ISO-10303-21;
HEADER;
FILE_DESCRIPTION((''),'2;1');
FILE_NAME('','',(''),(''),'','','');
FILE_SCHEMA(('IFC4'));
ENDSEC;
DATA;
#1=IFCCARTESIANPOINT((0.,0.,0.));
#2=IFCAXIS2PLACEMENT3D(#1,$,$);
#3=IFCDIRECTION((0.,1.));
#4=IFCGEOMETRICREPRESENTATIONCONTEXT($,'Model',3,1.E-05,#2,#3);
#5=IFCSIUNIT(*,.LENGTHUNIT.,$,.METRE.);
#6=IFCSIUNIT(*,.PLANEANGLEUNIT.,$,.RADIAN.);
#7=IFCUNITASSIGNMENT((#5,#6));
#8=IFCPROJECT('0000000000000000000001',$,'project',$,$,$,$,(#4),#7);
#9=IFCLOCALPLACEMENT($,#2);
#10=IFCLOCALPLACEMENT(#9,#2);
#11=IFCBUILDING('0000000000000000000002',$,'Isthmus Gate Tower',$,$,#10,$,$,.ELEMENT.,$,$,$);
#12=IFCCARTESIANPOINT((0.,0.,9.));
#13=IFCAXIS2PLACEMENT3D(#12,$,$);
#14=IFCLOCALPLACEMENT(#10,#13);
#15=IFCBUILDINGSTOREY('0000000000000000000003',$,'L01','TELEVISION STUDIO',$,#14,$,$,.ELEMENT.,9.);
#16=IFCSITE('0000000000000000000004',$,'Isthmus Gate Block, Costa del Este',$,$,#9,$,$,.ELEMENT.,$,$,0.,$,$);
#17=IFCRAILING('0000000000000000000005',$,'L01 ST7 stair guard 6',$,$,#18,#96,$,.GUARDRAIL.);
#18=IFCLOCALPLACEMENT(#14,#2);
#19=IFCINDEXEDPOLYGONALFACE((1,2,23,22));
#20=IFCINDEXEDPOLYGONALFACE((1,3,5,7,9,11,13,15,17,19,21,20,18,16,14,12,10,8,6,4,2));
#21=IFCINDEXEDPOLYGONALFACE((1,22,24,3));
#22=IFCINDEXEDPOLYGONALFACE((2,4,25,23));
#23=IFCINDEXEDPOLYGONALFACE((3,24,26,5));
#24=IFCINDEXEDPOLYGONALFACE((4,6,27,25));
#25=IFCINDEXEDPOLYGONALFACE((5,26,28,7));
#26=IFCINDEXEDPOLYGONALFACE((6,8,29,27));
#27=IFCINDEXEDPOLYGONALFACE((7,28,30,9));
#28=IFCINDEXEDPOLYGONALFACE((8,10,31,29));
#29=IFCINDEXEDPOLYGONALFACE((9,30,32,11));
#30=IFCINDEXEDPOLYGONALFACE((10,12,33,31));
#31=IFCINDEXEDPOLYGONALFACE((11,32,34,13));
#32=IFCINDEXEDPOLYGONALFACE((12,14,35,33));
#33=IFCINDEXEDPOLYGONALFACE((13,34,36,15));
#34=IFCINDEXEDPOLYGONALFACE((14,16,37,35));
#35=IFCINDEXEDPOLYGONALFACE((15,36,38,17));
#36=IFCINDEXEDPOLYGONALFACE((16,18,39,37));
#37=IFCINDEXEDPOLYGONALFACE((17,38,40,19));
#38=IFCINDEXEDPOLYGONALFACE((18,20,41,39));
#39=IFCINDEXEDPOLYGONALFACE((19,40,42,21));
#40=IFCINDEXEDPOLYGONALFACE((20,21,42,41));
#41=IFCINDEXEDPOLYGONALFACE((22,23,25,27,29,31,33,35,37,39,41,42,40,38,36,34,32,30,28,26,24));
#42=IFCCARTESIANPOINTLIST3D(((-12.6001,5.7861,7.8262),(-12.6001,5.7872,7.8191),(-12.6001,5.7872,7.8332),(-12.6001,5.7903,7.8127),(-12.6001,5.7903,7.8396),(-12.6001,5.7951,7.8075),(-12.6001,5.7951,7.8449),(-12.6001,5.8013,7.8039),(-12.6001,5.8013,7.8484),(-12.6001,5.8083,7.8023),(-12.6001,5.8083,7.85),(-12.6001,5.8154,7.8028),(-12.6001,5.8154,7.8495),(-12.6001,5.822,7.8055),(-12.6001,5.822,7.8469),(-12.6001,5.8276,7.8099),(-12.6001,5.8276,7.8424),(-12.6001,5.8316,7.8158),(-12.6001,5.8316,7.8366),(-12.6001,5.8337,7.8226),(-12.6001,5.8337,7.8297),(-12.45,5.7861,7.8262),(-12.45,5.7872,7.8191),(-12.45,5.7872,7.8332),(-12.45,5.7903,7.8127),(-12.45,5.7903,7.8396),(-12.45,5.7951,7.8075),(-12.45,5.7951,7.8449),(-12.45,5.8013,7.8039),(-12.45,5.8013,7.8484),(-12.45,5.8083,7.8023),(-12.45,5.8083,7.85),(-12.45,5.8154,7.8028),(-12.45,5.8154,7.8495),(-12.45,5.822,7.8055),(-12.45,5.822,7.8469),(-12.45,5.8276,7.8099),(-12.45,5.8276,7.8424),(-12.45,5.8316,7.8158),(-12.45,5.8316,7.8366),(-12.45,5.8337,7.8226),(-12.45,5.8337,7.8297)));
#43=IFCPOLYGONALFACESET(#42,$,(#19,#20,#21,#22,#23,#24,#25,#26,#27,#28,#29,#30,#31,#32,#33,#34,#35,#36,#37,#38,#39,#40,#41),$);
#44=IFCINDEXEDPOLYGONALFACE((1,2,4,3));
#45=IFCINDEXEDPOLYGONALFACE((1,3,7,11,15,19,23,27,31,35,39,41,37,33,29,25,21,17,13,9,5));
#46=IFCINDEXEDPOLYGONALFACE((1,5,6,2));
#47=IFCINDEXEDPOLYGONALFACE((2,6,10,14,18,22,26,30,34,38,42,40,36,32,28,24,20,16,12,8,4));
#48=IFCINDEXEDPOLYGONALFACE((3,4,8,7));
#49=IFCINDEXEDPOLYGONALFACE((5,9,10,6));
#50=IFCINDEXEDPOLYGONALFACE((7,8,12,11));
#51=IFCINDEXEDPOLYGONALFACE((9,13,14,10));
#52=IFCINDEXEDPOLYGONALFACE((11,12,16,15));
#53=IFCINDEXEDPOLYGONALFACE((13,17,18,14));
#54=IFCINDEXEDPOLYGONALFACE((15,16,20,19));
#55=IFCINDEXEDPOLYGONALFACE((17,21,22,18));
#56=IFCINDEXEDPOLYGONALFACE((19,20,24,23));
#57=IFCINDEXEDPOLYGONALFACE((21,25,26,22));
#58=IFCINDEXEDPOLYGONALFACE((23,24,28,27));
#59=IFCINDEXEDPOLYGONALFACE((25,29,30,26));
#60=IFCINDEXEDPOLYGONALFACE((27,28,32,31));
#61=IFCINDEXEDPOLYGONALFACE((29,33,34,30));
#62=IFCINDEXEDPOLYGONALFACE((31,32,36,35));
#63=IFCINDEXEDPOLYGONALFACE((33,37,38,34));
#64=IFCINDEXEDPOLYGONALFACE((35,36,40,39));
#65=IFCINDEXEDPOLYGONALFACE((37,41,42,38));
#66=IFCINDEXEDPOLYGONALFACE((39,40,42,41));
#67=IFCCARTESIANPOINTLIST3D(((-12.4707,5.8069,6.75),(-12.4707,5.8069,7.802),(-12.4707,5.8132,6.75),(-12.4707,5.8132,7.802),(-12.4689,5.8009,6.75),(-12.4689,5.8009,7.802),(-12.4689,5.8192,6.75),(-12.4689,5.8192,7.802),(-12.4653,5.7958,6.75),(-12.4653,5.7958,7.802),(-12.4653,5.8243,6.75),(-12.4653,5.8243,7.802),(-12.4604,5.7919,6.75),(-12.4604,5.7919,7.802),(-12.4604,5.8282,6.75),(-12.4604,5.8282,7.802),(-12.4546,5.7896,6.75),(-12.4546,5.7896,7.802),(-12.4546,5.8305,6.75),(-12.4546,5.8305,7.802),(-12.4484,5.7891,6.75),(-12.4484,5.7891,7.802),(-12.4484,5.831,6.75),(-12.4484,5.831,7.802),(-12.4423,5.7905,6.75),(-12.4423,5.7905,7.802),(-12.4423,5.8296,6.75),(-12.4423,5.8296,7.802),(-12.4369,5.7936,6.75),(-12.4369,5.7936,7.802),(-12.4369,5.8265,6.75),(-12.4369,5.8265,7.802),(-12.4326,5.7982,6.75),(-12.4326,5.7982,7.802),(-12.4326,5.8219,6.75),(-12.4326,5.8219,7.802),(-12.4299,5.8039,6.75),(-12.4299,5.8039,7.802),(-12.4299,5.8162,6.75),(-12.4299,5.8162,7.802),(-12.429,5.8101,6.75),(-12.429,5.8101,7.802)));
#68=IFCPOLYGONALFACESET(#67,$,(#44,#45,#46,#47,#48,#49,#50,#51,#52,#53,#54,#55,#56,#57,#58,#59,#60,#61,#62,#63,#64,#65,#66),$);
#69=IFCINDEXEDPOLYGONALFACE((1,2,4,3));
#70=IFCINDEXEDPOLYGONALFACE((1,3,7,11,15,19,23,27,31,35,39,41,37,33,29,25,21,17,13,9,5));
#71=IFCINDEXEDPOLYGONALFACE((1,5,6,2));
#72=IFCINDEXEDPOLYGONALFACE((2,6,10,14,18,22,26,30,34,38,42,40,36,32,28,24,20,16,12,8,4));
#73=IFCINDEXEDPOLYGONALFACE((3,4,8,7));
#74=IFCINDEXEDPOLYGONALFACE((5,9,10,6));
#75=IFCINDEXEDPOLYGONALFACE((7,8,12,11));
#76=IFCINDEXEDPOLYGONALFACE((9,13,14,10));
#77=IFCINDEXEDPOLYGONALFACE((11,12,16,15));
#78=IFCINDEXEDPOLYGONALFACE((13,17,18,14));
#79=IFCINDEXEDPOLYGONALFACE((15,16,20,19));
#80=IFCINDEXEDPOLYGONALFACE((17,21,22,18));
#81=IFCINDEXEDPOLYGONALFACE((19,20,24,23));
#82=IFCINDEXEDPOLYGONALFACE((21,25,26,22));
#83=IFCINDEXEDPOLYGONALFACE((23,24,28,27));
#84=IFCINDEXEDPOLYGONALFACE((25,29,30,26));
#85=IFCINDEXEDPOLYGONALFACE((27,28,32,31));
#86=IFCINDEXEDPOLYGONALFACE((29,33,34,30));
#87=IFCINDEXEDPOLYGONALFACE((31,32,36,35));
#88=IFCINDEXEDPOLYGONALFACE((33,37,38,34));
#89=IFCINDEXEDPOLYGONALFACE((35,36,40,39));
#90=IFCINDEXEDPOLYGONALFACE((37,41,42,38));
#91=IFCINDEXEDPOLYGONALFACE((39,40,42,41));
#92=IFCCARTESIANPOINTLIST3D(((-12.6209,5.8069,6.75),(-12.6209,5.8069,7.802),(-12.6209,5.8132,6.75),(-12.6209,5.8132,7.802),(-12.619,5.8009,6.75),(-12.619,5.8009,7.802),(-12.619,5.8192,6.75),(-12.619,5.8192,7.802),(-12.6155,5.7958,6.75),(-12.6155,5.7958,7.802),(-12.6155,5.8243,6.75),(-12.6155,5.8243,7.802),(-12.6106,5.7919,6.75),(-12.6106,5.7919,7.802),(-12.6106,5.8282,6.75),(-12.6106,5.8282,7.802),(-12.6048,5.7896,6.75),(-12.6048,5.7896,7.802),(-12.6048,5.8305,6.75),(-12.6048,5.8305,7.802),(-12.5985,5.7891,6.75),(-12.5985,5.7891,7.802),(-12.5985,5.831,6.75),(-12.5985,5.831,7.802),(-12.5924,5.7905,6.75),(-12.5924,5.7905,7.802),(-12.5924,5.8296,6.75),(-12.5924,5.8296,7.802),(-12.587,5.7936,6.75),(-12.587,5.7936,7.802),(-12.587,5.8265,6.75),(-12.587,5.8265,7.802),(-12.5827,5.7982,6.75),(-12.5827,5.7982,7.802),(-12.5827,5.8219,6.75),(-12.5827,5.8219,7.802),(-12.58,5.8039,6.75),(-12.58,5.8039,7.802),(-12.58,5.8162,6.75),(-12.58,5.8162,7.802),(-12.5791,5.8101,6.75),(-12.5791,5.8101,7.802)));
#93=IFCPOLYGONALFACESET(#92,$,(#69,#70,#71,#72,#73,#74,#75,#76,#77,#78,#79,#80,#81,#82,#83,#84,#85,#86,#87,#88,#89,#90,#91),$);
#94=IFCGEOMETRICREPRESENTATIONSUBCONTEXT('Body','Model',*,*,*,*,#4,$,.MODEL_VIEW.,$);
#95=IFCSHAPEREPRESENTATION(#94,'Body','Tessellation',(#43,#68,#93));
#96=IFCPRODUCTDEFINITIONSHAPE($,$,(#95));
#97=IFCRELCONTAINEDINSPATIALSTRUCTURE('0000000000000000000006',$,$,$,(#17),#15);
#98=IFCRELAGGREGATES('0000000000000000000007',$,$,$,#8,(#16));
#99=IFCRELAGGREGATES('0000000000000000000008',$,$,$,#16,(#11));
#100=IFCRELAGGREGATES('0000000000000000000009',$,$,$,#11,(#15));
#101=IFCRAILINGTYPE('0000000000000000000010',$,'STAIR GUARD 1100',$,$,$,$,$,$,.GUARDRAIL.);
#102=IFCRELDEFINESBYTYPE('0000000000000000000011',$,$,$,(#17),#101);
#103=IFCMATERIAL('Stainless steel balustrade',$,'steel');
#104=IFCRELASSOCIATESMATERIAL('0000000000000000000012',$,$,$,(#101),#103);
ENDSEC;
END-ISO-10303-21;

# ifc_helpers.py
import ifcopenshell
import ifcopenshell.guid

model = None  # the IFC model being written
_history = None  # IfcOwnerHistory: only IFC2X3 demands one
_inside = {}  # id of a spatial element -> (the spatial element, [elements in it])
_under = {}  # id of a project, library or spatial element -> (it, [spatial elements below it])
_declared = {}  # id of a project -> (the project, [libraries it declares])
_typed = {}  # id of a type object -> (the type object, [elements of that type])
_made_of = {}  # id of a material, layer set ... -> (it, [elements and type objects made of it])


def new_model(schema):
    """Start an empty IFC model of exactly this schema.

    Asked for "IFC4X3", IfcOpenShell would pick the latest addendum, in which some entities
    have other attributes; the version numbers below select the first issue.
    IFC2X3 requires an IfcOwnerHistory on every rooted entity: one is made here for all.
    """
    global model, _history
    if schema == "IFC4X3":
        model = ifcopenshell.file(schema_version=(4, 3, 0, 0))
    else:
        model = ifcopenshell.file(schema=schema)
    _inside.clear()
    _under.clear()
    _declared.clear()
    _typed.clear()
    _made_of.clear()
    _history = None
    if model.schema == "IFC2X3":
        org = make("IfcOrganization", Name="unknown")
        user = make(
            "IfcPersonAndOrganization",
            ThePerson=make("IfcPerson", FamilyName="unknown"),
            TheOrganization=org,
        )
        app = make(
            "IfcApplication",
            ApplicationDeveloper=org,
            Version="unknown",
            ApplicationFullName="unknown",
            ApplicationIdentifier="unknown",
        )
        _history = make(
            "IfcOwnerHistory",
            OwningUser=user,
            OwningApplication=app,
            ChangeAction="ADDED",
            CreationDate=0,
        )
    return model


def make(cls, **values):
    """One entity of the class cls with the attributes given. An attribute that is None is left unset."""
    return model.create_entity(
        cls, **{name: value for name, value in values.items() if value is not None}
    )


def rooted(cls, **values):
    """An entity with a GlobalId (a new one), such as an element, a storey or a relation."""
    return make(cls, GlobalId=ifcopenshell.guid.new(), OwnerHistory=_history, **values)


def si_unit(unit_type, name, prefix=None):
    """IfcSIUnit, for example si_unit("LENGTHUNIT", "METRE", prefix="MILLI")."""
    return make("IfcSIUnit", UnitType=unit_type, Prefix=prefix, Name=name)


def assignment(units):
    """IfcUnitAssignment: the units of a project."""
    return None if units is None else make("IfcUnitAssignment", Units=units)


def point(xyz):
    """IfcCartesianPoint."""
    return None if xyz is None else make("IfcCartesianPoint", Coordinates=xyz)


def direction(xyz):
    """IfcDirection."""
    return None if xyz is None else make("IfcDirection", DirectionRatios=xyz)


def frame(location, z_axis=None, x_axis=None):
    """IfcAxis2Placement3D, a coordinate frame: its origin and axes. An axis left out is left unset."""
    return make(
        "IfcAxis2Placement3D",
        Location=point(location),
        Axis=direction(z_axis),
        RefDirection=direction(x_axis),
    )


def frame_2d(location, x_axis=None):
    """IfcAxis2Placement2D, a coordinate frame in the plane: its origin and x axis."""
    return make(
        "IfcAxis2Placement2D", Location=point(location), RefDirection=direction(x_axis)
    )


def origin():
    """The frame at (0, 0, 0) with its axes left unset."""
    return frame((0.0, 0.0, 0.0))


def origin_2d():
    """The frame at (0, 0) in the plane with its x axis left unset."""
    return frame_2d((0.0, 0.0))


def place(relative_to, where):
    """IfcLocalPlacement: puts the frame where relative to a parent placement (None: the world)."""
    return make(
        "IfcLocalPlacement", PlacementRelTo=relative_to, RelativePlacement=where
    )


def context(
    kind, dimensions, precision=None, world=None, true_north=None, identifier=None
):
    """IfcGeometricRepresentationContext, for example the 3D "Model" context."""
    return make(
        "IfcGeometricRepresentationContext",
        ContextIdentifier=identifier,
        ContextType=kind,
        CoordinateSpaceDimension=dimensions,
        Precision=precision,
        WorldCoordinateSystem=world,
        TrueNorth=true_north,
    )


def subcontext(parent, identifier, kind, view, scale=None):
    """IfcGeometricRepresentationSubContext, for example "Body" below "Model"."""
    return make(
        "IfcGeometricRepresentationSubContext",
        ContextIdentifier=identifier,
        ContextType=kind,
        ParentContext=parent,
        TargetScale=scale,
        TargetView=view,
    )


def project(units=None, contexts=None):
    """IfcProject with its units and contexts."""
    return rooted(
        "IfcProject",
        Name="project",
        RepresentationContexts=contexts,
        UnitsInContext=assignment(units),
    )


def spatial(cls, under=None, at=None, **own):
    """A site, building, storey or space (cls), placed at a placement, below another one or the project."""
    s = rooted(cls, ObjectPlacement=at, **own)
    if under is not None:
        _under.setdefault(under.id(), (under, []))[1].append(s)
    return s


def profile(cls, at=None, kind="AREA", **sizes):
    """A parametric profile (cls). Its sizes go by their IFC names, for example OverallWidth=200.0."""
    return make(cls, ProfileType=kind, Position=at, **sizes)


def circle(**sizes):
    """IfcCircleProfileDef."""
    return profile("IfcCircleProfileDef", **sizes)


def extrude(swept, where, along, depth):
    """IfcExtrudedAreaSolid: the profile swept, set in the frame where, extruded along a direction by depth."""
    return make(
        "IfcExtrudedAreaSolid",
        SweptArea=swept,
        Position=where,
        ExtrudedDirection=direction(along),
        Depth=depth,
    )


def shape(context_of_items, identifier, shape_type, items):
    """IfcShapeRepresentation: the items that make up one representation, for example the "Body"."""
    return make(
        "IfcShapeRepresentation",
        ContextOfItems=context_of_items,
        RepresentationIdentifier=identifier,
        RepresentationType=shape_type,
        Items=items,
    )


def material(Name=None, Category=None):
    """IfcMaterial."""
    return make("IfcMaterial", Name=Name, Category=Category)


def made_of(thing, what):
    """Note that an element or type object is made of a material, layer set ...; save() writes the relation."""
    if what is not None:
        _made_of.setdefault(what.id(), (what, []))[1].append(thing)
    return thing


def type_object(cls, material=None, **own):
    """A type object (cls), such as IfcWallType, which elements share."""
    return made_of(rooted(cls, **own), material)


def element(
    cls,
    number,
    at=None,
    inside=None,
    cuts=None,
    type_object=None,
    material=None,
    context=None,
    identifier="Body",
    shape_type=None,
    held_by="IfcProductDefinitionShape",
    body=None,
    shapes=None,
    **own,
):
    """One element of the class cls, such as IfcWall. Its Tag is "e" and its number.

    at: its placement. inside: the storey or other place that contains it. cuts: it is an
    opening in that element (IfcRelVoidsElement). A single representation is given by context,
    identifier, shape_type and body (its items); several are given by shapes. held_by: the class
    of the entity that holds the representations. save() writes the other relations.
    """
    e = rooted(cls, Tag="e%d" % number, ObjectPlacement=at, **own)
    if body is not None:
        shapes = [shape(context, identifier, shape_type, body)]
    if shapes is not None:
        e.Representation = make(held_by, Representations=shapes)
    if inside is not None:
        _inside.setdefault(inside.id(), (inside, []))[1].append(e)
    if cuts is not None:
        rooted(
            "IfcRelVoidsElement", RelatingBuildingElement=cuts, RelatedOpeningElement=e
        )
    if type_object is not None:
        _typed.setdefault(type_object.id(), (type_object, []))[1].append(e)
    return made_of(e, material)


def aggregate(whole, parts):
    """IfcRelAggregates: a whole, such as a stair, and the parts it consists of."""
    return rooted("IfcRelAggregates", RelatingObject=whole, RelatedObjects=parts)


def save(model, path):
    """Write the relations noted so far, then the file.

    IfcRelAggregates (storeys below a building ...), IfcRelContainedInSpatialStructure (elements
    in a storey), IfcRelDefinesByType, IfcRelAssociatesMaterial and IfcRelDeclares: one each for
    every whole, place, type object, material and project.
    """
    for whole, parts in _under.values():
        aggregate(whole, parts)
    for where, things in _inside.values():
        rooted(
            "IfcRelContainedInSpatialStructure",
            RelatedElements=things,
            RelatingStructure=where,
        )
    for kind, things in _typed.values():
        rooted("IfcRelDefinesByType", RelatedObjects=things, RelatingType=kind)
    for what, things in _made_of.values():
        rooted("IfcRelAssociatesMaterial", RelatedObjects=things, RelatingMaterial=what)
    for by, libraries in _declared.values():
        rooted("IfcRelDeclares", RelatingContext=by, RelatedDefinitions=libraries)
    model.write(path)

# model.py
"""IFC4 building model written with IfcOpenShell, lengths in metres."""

from ifc_helpers import new_model, si_unit, direction, frame, origin, origin_2d, place, context, subcontext, project, spatial, circle, extrude, material, type_object, element, save


model = new_model("IFC4")

# Units and contexts
model_context = context("Model", 3, precision=1e-05, world=origin(), true_north=direction((0.0, 1.0)))
body_context = subcontext(model_context, "Body", "Model", "MODEL_VIEW")
ifc_project = project(units=[si_unit("LENGTHUNIT", "METRE"), si_unit("PLANEANGLEUNIT", "RADIAN")], contexts=[model_context])

# Site, building, storey
site_placement = place(None, origin())
site = spatial("IfcSite", under=ifc_project, at=site_placement, Name="Isthmus Gate Block, Costa del Este", CompositionType="ELEMENT", RefElevation=0.0)
building_placement = place(site_placement, origin())
building = spatial("IfcBuilding", under=site, at=building_placement, Name="Isthmus Gate Tower", CompositionType="ELEMENT")
storey_placement = place(building_placement, frame((0.0, 0.0, 9.0)))
storey = spatial("IfcBuildingStorey", under=building, at=storey_placement, Name="L01", Description="TELEVISION STUDIO", CompositionType="ELEMENT", Elevation=9.0)

# Railing
ifc_material_1 = material(Name="Stainless steel balustrade", Category="steel")
railing_type_1 = type_object("IfcRailingType", Name="STAIR GUARD 1100", PredefinedType="GUARDRAIL", material=ifc_material_1)
railing_1_placement = place(storey_placement, frame((-12.45, 5.8101, 6.75)))
element("IfcRailing", 1, at=railing_1_placement, inside=storey, type_object=railing_type_1, Name="L01 ST7 stair guard 6", PredefinedType="GUARDRAIL", context=body_context, shape_type="SweptSolid", body=[
    extrude(circle(Radius=0.0239, at=origin_2d()), frame((0.0, 0.0, 1.0762), z_axis=(-1.0, 0.0, 0.0), x_axis=(0.0, -1.0, 0.0)), (0.0, 0.0, 1.0), 0.1501),
    extrude(circle(Radius=0.021, at=origin_2d()), origin(), (0.0, 0.0, 1.0), 1.052),
    extrude(circle(Radius=0.021, at=origin_2d()), frame((-0.1501, 0.0, 0.0)), (0.0, 0.0, 1.0), 1.052),
])

save(model, "model.ifc")
